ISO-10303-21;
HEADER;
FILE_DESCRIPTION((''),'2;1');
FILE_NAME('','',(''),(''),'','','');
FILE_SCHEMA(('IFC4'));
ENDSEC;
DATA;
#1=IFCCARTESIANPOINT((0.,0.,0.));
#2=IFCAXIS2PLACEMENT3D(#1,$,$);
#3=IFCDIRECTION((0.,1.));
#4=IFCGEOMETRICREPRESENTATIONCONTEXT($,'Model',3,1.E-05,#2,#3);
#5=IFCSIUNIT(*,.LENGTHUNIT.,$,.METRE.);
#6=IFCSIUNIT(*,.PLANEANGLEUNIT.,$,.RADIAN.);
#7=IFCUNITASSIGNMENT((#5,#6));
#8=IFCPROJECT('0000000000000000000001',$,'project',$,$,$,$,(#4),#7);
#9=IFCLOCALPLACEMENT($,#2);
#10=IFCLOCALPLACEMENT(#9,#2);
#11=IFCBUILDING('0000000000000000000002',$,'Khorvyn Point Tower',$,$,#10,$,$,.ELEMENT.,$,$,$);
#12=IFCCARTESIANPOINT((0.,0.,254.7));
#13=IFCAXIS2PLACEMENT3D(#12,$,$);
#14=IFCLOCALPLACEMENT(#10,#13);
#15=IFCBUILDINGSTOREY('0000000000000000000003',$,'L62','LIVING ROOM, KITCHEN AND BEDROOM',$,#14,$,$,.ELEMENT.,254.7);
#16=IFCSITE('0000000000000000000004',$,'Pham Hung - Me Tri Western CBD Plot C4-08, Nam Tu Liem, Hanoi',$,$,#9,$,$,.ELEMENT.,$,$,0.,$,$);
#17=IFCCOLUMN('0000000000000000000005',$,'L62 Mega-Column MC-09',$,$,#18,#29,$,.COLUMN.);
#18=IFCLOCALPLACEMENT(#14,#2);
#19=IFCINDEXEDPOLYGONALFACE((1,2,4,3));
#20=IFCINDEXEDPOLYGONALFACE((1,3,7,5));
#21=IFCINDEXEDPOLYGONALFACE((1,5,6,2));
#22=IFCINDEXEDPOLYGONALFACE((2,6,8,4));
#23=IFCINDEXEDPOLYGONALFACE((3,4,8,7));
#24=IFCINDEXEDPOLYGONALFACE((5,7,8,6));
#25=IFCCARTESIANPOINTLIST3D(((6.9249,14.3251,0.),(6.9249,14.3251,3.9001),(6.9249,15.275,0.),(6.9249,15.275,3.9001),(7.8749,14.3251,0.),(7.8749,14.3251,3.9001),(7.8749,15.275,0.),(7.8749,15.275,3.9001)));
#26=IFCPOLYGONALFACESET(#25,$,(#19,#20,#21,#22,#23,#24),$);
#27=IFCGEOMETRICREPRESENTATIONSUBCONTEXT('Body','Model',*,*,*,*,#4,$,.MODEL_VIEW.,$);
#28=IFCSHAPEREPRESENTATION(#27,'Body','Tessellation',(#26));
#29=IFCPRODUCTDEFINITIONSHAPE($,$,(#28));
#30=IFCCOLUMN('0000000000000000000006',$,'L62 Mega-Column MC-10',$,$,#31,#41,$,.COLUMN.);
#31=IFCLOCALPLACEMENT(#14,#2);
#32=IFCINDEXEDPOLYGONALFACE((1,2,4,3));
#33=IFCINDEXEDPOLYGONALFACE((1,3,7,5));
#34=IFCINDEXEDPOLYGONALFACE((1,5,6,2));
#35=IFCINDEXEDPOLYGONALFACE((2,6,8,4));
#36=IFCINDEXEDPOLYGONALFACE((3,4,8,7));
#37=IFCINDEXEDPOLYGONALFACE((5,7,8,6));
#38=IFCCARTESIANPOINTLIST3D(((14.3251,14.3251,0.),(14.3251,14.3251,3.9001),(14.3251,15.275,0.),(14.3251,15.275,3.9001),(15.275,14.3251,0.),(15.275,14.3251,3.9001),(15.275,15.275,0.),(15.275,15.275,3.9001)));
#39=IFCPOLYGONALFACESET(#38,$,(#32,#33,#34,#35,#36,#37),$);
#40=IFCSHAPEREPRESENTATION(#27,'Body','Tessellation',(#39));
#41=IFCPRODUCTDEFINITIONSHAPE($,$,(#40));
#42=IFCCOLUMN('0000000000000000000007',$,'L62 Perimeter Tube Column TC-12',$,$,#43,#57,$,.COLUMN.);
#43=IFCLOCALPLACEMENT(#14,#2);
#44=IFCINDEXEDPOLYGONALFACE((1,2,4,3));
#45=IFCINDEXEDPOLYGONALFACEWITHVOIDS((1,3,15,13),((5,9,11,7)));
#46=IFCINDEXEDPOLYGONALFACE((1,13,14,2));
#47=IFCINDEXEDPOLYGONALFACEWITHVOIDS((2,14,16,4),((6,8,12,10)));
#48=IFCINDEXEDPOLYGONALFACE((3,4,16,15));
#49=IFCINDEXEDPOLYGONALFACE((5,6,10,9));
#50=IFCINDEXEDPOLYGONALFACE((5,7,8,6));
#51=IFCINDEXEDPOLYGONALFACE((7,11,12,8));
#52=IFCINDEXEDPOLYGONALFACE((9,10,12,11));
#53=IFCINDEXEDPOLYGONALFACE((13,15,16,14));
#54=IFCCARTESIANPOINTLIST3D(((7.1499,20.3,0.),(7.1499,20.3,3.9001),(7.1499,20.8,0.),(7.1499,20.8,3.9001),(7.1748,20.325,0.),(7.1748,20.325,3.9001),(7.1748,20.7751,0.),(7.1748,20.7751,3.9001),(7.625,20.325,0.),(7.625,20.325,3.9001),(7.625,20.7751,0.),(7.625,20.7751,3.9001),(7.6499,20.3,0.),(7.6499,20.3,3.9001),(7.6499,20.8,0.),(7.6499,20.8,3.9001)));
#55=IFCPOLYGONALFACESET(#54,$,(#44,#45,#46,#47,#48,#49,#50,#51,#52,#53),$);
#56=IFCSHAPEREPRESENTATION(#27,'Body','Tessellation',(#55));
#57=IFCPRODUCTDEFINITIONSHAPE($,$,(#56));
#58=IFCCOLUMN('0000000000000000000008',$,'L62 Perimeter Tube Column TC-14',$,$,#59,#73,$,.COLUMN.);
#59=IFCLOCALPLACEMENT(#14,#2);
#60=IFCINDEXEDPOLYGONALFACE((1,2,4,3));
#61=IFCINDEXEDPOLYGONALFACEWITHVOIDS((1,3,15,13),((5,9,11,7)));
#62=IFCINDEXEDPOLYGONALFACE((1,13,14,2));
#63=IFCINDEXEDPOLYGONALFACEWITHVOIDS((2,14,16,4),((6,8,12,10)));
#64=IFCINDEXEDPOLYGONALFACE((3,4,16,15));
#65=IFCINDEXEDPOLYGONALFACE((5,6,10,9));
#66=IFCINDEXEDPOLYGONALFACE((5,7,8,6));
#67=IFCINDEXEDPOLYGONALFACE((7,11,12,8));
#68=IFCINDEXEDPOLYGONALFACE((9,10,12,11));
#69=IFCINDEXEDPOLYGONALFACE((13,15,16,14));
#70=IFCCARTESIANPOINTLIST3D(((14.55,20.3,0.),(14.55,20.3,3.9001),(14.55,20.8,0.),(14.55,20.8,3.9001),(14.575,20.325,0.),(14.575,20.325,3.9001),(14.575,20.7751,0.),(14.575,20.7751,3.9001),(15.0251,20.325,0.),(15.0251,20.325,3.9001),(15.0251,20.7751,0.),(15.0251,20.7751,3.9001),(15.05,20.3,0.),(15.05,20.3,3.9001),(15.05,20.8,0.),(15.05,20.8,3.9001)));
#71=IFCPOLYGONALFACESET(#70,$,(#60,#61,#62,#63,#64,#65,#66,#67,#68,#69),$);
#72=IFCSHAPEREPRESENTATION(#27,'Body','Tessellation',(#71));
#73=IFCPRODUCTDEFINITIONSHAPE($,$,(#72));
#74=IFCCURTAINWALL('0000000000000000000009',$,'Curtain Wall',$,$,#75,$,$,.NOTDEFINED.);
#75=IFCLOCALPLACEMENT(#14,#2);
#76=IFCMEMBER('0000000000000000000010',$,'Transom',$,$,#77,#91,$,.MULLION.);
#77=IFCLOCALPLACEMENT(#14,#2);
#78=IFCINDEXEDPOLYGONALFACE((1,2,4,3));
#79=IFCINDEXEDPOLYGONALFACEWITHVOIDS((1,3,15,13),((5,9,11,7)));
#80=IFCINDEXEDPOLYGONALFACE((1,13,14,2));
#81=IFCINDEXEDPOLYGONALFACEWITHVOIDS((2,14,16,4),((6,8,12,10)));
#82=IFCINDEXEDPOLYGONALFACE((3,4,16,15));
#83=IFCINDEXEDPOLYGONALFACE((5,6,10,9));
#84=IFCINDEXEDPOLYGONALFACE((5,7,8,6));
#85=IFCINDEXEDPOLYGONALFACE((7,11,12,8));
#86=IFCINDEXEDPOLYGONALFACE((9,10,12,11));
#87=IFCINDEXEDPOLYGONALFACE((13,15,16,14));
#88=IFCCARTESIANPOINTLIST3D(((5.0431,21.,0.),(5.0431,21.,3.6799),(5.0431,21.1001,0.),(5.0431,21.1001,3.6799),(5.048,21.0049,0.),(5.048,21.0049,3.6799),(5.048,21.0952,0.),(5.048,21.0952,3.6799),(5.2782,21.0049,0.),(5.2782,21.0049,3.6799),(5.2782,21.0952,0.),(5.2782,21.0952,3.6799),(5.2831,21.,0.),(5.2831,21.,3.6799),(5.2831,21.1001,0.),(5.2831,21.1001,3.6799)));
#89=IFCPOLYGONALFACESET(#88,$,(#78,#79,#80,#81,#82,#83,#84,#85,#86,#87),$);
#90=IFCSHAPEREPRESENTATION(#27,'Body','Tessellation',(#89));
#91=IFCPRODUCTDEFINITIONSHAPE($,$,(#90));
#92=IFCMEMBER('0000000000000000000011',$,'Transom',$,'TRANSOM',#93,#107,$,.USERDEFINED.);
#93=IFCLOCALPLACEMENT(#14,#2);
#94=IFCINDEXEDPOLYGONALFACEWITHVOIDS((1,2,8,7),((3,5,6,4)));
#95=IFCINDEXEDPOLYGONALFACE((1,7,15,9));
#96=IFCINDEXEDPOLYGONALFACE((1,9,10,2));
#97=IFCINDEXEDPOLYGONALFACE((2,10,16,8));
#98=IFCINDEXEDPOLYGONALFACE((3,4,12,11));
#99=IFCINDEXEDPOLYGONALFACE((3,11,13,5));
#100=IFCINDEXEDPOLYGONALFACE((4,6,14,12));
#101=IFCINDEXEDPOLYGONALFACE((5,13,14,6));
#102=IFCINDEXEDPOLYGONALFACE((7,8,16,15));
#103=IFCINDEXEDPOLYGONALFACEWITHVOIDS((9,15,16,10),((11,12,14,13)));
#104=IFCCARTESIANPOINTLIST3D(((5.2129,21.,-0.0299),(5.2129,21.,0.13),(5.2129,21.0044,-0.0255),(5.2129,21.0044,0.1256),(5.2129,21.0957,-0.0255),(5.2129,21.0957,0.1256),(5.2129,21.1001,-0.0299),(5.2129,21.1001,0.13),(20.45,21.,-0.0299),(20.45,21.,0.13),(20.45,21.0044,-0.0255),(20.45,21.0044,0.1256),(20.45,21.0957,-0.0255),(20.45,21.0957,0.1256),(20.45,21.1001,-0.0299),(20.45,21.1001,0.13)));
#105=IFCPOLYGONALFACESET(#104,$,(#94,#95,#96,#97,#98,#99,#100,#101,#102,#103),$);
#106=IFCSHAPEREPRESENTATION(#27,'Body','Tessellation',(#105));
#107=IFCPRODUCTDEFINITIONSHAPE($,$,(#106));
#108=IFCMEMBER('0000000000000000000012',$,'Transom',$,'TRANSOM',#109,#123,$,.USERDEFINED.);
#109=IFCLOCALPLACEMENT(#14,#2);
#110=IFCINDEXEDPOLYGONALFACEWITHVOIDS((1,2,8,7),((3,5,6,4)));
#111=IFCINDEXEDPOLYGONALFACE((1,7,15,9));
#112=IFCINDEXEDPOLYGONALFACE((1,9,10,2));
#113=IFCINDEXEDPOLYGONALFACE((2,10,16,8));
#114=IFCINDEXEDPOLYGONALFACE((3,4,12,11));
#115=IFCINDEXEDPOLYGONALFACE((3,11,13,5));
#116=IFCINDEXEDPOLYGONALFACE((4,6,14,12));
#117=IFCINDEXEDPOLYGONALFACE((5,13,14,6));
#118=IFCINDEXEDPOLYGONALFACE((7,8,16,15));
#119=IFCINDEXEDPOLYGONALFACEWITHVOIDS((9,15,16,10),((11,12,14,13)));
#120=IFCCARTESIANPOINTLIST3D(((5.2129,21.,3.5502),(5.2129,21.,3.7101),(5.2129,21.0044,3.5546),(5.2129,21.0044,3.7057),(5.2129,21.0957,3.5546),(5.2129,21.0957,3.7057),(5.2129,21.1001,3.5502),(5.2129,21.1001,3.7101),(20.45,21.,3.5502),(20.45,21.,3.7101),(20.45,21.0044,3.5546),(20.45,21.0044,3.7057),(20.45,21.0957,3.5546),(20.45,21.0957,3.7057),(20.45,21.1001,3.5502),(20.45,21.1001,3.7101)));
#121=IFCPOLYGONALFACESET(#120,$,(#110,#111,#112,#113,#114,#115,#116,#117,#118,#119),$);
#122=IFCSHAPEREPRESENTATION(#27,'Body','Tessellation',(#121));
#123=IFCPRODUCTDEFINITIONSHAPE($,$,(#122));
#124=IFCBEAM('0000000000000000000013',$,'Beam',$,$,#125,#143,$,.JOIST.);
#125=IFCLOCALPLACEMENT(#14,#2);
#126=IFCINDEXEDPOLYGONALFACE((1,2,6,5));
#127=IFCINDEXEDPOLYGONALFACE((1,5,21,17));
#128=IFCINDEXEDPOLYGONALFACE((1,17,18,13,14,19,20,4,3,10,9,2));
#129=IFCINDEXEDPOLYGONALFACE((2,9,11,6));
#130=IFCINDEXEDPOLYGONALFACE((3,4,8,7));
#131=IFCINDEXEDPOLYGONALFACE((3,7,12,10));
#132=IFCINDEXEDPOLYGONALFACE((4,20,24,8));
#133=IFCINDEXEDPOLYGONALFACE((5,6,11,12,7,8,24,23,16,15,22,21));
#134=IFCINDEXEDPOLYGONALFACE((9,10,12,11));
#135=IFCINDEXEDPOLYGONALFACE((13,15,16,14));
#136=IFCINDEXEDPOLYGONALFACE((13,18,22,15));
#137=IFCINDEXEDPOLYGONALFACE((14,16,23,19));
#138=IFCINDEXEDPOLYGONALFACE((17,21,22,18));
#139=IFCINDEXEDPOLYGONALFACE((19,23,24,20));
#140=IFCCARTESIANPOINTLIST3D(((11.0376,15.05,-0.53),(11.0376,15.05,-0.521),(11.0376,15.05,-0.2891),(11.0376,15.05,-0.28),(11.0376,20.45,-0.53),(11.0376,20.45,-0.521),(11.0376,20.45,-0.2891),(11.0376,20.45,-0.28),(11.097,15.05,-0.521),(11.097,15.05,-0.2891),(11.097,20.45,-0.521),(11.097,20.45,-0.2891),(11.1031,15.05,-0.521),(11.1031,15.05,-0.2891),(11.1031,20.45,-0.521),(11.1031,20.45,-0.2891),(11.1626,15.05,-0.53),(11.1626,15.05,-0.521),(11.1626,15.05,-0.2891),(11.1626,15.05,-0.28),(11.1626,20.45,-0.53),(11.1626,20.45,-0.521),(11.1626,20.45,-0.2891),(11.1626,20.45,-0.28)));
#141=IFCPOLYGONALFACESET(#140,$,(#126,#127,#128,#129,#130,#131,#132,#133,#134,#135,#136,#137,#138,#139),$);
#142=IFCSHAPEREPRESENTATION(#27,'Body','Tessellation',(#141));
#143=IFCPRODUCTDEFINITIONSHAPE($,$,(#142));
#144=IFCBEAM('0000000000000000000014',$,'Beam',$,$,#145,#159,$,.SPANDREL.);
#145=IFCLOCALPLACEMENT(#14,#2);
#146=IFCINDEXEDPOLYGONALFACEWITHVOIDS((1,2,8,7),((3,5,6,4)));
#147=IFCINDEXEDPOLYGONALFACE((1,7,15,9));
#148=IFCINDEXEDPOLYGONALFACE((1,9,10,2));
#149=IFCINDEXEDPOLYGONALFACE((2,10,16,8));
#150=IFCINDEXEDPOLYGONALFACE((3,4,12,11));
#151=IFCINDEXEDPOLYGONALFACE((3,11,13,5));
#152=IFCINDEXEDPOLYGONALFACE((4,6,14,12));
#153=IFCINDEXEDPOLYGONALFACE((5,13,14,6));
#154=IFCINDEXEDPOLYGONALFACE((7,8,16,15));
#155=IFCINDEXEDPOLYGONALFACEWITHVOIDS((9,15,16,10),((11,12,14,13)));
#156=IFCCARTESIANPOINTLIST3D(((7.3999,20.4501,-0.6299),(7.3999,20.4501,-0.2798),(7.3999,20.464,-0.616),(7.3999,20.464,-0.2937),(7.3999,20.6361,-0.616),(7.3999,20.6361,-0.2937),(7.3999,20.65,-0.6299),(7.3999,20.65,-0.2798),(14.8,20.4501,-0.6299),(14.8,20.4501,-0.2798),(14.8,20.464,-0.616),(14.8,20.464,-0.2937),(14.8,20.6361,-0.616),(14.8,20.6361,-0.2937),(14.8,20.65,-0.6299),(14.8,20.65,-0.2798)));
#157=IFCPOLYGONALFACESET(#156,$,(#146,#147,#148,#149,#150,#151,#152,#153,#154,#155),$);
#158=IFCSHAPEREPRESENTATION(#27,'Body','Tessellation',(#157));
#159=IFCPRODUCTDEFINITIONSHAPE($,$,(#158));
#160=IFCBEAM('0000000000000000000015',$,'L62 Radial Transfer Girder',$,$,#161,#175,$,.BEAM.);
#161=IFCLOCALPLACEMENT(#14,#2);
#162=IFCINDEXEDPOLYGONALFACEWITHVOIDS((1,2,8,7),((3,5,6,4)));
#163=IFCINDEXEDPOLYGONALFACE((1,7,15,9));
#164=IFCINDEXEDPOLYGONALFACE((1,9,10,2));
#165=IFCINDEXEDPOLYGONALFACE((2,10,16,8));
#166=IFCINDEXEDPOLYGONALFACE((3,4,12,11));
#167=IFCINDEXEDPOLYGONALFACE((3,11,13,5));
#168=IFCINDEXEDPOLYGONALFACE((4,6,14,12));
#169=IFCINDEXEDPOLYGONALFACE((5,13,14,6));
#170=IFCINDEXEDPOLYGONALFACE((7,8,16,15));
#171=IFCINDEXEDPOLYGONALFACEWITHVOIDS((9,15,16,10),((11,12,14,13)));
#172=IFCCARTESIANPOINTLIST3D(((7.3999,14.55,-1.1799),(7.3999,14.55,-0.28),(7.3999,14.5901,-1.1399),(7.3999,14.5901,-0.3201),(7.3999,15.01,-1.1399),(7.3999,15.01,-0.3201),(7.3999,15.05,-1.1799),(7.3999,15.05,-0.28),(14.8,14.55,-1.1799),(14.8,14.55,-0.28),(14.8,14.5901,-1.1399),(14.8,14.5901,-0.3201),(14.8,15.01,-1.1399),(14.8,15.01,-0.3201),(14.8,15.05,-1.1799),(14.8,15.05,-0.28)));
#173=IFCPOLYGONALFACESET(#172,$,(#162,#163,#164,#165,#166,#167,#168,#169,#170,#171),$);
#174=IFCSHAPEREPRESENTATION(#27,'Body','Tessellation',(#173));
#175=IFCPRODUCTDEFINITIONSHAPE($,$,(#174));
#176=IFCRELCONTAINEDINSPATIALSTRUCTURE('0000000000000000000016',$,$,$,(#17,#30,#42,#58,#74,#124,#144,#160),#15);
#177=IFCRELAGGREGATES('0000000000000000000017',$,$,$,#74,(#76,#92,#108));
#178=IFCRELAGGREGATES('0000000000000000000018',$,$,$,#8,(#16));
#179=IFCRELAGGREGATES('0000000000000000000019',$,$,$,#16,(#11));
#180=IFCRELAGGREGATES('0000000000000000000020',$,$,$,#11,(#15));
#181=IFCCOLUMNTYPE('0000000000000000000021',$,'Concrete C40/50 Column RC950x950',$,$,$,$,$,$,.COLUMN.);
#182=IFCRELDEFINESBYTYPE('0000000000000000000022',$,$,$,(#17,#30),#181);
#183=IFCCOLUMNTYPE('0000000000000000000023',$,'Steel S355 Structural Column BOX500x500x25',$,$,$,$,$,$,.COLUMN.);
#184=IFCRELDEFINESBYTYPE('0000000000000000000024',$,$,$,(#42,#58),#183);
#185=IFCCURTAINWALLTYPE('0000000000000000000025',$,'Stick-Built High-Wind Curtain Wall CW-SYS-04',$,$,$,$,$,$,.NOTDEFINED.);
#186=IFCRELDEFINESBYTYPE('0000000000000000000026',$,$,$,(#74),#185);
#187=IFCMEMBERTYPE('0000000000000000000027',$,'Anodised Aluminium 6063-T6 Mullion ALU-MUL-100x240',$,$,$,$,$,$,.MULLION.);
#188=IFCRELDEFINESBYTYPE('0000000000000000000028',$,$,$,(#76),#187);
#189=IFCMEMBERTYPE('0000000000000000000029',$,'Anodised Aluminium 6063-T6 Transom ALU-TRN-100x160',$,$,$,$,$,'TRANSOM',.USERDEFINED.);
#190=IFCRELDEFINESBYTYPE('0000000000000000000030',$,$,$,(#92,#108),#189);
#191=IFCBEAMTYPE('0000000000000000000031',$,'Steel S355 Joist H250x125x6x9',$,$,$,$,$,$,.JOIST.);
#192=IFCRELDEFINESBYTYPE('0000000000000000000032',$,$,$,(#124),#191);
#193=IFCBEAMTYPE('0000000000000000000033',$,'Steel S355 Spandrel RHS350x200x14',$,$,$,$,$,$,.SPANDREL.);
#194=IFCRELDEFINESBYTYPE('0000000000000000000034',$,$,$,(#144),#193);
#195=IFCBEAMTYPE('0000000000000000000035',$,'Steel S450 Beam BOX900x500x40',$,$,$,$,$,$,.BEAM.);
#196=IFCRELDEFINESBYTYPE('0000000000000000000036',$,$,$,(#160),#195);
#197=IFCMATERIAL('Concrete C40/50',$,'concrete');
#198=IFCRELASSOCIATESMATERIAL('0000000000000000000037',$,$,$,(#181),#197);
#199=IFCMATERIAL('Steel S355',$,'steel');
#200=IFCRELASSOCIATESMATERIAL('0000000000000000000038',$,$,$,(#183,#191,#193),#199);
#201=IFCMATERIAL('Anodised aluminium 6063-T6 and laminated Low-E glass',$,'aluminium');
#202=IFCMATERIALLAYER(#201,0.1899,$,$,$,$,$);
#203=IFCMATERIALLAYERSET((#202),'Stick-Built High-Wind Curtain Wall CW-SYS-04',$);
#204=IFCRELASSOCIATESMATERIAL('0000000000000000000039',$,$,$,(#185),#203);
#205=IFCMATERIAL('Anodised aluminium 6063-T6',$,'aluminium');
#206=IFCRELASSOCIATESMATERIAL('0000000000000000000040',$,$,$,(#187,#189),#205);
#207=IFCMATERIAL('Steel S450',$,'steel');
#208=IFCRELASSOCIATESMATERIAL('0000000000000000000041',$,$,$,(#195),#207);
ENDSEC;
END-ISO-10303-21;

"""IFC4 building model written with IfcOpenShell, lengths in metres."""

from ifc_helpers import new_model, si_unit, direction, frame, origin, origin_2d, place, context, subcontext, project, spatial, rectangle, hollow_rectangle, i_section, extrude, material, layer, layer_set, material_profile, profile_set, type_object, element, aggregate, save


model = new_model("IFC4")

# Units and contexts
model_context = context("Model", 3, precision=1e-05, world=origin(), true_north=direction((0.0, 1.0)))
body_context = subcontext(model_context, "Body", "Model", "MODEL_VIEW")
ifc_project = project(units=[si_unit("LENGTHUNIT", "METRE"), si_unit("PLANEANGLEUNIT", "RADIAN")], contexts=[model_context])

# Site, building, storey
site_placement = place(None, origin())
site = spatial("IfcSite", under=ifc_project, at=site_placement, Name="Pham Hung - Me Tri Western CBD Plot C4-08, Nam Tu Liem, Hanoi", CompositionType="ELEMENT", RefElevation=0.0)
building_placement = place(site_placement, origin())
building = spatial("IfcBuilding", under=site, at=building_placement, Name="Khorvyn Point Tower", CompositionType="ELEMENT")
storey_placement = place(building_placement, frame((0.0, 0.0, 254.7)))
storey = spatial("IfcBuildingStorey", under=building, at=storey_placement, Name="L62", Description="LIVING ROOM, KITCHEN AND BEDROOM", CompositionType="ELEMENT", Elevation=254.7)

# Columns
ifc_material_1 = material(Name="Concrete C40/50", Category="concrete")
ifc_material_profile_1 = material_profile(ifc_material_1, rectangle(XDim=0.95, YDim=0.95, at=origin_2d()))
ifc_profile_set_1 = profile_set([ifc_material_profile_1], Name="Concrete C40/50 RC950x950")
column_type_1 = type_object("IfcColumnType", Name="Concrete C40/50 Column RC950x950", PredefinedType="COLUMN", material=ifc_profile_set_1)
for number, where, z_axis, x_axis, name in (
    (1, (7.3999, 14.8, 0.0), (0.0, 0.0, 1.0), (1.0, 0.0, 0.0), "L62 Mega-Column MC-09"),
    (2, (14.8, 14.8, 0.0), (0.0, 0.0, 1.0), (1.0, 0.0, 0.0), "L62 Mega-Column MC-10"),
):
    element("IfcColumn", number, at=place(storey_placement, frame(where, z_axis=z_axis, x_axis=x_axis)), inside=storey, type_object=column_type_1, Name=name, PredefinedType="COLUMN", context=body_context, shape_type="SweptSolid", body=[
        extrude(rectangle(XDim=0.95, YDim=0.95, at=origin_2d()), origin(), (0.0, 0.0, 1.0), 3.9001),
    ])
ifc_material_2 = material(Name="Steel S355", Category="steel")
ifc_material_profile_2 = material_profile(ifc_material_2, hollow_rectangle(XDim=0.5, YDim=0.5, WallThickness=0.0249, at=origin_2d()))
ifc_profile_set_2 = profile_set([ifc_material_profile_2], Name="Steel S355 BOX500x500x25")
column_type_2 = type_object("IfcColumnType", Name="Steel S355 Structural Column BOX500x500x25", PredefinedType="COLUMN", material=ifc_profile_set_2)
for number, where, z_axis, x_axis, name in (
    (3, (7.3999, 20.55, 0.0), (0.0, 0.0, 1.0), (1.0, 0.0, 0.0), "L62 Perimeter Tube Column TC-12"),
    (4, (14.8, 20.55, 0.0), (0.0, 0.0, 1.0), (1.0, 0.0, 0.0), "L62 Perimeter Tube Column TC-14"),
):
    element("IfcColumn", number, at=place(storey_placement, frame(where, z_axis=z_axis, x_axis=x_axis)), inside=storey, type_object=column_type_2, Name=name, PredefinedType="COLUMN", context=body_context, shape_type="SweptSolid", body=[
        extrude(hollow_rectangle(XDim=0.5, YDim=0.5, WallThickness=0.0249, at=origin_2d()), origin(), (0.0, 0.0, 1.0), 3.9001),
    ])

# Curtain wall, members
ifc_material_3 = material(Name="Anodised aluminium 6063-T6 and laminated Low-E glass", Category="aluminium")
ifc_layer_1 = layer(ifc_material_3, 0.1899)
ifc_layer_set_1 = layer_set([ifc_layer_1], Name="Stick-Built High-Wind Curtain Wall CW-SYS-04")
curtain_wall_type = type_object("IfcCurtainWallType", Name="Stick-Built High-Wind Curtain Wall CW-SYS-04", PredefinedType="NOTDEFINED", material=ifc_layer_set_1)
curtain_wall_placement = place(storey_placement, origin())
curtain_wall = element("IfcCurtainWall", 5, at=curtain_wall_placement, inside=storey, type_object=curtain_wall_type, Name="Curtain Wall", PredefinedType="NOTDEFINED")
ifc_material_4 = material(Name="Anodised aluminium 6063-T6", Category="aluminium")
ifc_material_profile_3 = material_profile(ifc_material_4, hollow_rectangle(XDim=0.1001, YDim=0.24, WallThickness=0.0049, at=origin_2d()))
ifc_profile_set_3 = profile_set([ifc_material_profile_3], Name="Anodised aluminium 6063-T6 ALU-MUL-100x240")
member_type_1 = type_object("IfcMemberType", Name="Anodised Aluminium 6063-T6 Mullion ALU-MUL-100x240", PredefinedType="MULLION", material=ifc_profile_set_3)
member_1_placement = place(storey_placement, frame((5.1631, 21.05, 0.0), z_axis=(0.0, 0.0, 1.0), x_axis=(0.0, 1.0, 0.0)))
member_1 = element("IfcMember", 6, at=member_1_placement, type_object=member_type_1, Name="Transom", PredefinedType="MULLION", context=body_context, shape_type="SweptSolid", body=[
    extrude(hollow_rectangle(XDim=0.1001, YDim=0.24, WallThickness=0.0049, at=origin_2d()), origin(), (0.0, 0.0, 1.0), 3.6799),
])
ifc_material_profile_4 = material_profile(ifc_material_4, hollow_rectangle(XDim=0.1001, YDim=0.1599, WallThickness=0.0044, at=origin_2d()))
ifc_profile_set_4 = profile_set([ifc_material_profile_4], Name="Anodised aluminium 6063-T6 ALU-TRN-100x160")
member_type_2 = type_object("IfcMemberType", Name="Anodised Aluminium 6063-T6 Transom ALU-TRN-100x160", ElementType="TRANSOM", PredefinedType="USERDEFINED", material=ifc_profile_set_4)
member_2_placement = place(storey_placement, frame((5.2129, 21.05, 0.05), z_axis=(1.0, 0.0, 0.0), x_axis=(0.0, 1.0, 0.0)))
member_2 = element("IfcMember", 7, at=member_2_placement, type_object=member_type_2, Name="Transom", ObjectType="TRANSOM", PredefinedType="USERDEFINED", context=body_context, shape_type="SweptSolid", body=[
    extrude(hollow_rectangle(XDim=0.1001, YDim=0.1599, WallThickness=0.0044, at=origin_2d()), origin(), (0.0, 0.0, 1.0), 15.2371),
])
member_3_placement = place(storey_placement, frame((5.2129, 21.05, 3.6301), z_axis=(1.0, 0.0, 0.0), x_axis=(0.0, 1.0, 0.0)))
member_3 = element("IfcMember", 8, at=member_3_placement, type_object=member_type_2, Name="Transom", ObjectType="TRANSOM", PredefinedType="USERDEFINED", context=body_context, shape_type="SweptSolid", body=[
    extrude(hollow_rectangle(XDim=0.1001, YDim=0.1599, WallThickness=0.0044, at=origin_2d()), origin(), (0.0, 0.0, 1.0), 15.2371),
])

# Beams
ifc_material_profile_5 = material_profile(ifc_material_2, i_section(OverallWidth=0.125, OverallDepth=0.25, WebThickness=0.0061, FlangeThickness=0.009, at=origin_2d()))
ifc_profile_set_5 = profile_set([ifc_material_profile_5], Name="Steel S355 H250x125x6x9")
beam_type_1 = type_object("IfcBeamType", Name="Steel S355 Joist H250x125x6x9", PredefinedType="JOIST", material=ifc_profile_set_5)
beam_1_placement = place(storey_placement, frame((11.1001, 15.05, -0.405), z_axis=(0.0, 1.0, 0.0), x_axis=(-1.0, 0.0, 0.0)))
element("IfcBeam", 9, at=beam_1_placement, inside=storey, type_object=beam_type_1, Name="Beam", PredefinedType="JOIST", context=body_context, shape_type="SweptSolid", body=[
    extrude(i_section(OverallWidth=0.125, OverallDepth=0.25, WebThickness=0.0061, FlangeThickness=0.009, at=origin_2d()), origin(), (0.0, 0.0, 1.0), 5.3999),
])
ifc_material_profile_6 = material_profile(ifc_material_2, hollow_rectangle(XDim=0.2, YDim=0.3501, WallThickness=0.0139, at=origin_2d()))
ifc_profile_set_6 = profile_set([ifc_material_profile_6], Name="Steel S355 RHS350x200x14")
beam_type_2 = type_object("IfcBeamType", Name="Steel S355 Spandrel RHS350x200x14", PredefinedType="SPANDREL", material=ifc_profile_set_6)
beam_2_placement = place(storey_placement, frame((7.3999, 20.55, -0.4548), z_axis=(1.0, 0.0, 0.0), x_axis=(0.0, 1.0, 0.0)))
element("IfcBeam", 10, at=beam_2_placement, inside=storey, type_object=beam_type_2, Name="Beam", PredefinedType="SPANDREL", context=body_context, shape_type="SweptSolid", body=[
    extrude(hollow_rectangle(XDim=0.2, YDim=0.3501, WallThickness=0.0139, at=origin_2d()), origin(), (0.0, 0.0, 1.0), 7.4001),
])
ifc_material_5 = material(Name="Steel S450", Category="steel")
ifc_material_profile_7 = material_profile(ifc_material_5, hollow_rectangle(XDim=0.5, YDim=0.8999, WallThickness=0.04, at=origin_2d()))
ifc_profile_set_7 = profile_set([ifc_material_profile_7], Name="Steel S450 BOX900x500x40")
beam_type_3 = type_object("IfcBeamType", Name="Steel S450 Beam BOX900x500x40", PredefinedType="BEAM", material=ifc_profile_set_7)
beam_3_placement = place(storey_placement, frame((7.3999, 14.8, -0.73), z_axis=(1.0, 0.0, 0.0), x_axis=(0.0, 1.0, 0.0)))
element("IfcBeam", 11, at=beam_3_placement, inside=storey, type_object=beam_type_3, Name="L62 Radial Transfer Girder", PredefinedType="BEAM", context=body_context, shape_type="SweptSolid", body=[
    extrude(hollow_rectangle(XDim=0.5, YDim=0.8999, WallThickness=0.04, at=origin_2d()), origin(), (0.0, 0.0, 1.0), 7.4001),
])

aggregate(curtain_wall, [member_1, member_2, member_3])

save(model, "model.ifc")
